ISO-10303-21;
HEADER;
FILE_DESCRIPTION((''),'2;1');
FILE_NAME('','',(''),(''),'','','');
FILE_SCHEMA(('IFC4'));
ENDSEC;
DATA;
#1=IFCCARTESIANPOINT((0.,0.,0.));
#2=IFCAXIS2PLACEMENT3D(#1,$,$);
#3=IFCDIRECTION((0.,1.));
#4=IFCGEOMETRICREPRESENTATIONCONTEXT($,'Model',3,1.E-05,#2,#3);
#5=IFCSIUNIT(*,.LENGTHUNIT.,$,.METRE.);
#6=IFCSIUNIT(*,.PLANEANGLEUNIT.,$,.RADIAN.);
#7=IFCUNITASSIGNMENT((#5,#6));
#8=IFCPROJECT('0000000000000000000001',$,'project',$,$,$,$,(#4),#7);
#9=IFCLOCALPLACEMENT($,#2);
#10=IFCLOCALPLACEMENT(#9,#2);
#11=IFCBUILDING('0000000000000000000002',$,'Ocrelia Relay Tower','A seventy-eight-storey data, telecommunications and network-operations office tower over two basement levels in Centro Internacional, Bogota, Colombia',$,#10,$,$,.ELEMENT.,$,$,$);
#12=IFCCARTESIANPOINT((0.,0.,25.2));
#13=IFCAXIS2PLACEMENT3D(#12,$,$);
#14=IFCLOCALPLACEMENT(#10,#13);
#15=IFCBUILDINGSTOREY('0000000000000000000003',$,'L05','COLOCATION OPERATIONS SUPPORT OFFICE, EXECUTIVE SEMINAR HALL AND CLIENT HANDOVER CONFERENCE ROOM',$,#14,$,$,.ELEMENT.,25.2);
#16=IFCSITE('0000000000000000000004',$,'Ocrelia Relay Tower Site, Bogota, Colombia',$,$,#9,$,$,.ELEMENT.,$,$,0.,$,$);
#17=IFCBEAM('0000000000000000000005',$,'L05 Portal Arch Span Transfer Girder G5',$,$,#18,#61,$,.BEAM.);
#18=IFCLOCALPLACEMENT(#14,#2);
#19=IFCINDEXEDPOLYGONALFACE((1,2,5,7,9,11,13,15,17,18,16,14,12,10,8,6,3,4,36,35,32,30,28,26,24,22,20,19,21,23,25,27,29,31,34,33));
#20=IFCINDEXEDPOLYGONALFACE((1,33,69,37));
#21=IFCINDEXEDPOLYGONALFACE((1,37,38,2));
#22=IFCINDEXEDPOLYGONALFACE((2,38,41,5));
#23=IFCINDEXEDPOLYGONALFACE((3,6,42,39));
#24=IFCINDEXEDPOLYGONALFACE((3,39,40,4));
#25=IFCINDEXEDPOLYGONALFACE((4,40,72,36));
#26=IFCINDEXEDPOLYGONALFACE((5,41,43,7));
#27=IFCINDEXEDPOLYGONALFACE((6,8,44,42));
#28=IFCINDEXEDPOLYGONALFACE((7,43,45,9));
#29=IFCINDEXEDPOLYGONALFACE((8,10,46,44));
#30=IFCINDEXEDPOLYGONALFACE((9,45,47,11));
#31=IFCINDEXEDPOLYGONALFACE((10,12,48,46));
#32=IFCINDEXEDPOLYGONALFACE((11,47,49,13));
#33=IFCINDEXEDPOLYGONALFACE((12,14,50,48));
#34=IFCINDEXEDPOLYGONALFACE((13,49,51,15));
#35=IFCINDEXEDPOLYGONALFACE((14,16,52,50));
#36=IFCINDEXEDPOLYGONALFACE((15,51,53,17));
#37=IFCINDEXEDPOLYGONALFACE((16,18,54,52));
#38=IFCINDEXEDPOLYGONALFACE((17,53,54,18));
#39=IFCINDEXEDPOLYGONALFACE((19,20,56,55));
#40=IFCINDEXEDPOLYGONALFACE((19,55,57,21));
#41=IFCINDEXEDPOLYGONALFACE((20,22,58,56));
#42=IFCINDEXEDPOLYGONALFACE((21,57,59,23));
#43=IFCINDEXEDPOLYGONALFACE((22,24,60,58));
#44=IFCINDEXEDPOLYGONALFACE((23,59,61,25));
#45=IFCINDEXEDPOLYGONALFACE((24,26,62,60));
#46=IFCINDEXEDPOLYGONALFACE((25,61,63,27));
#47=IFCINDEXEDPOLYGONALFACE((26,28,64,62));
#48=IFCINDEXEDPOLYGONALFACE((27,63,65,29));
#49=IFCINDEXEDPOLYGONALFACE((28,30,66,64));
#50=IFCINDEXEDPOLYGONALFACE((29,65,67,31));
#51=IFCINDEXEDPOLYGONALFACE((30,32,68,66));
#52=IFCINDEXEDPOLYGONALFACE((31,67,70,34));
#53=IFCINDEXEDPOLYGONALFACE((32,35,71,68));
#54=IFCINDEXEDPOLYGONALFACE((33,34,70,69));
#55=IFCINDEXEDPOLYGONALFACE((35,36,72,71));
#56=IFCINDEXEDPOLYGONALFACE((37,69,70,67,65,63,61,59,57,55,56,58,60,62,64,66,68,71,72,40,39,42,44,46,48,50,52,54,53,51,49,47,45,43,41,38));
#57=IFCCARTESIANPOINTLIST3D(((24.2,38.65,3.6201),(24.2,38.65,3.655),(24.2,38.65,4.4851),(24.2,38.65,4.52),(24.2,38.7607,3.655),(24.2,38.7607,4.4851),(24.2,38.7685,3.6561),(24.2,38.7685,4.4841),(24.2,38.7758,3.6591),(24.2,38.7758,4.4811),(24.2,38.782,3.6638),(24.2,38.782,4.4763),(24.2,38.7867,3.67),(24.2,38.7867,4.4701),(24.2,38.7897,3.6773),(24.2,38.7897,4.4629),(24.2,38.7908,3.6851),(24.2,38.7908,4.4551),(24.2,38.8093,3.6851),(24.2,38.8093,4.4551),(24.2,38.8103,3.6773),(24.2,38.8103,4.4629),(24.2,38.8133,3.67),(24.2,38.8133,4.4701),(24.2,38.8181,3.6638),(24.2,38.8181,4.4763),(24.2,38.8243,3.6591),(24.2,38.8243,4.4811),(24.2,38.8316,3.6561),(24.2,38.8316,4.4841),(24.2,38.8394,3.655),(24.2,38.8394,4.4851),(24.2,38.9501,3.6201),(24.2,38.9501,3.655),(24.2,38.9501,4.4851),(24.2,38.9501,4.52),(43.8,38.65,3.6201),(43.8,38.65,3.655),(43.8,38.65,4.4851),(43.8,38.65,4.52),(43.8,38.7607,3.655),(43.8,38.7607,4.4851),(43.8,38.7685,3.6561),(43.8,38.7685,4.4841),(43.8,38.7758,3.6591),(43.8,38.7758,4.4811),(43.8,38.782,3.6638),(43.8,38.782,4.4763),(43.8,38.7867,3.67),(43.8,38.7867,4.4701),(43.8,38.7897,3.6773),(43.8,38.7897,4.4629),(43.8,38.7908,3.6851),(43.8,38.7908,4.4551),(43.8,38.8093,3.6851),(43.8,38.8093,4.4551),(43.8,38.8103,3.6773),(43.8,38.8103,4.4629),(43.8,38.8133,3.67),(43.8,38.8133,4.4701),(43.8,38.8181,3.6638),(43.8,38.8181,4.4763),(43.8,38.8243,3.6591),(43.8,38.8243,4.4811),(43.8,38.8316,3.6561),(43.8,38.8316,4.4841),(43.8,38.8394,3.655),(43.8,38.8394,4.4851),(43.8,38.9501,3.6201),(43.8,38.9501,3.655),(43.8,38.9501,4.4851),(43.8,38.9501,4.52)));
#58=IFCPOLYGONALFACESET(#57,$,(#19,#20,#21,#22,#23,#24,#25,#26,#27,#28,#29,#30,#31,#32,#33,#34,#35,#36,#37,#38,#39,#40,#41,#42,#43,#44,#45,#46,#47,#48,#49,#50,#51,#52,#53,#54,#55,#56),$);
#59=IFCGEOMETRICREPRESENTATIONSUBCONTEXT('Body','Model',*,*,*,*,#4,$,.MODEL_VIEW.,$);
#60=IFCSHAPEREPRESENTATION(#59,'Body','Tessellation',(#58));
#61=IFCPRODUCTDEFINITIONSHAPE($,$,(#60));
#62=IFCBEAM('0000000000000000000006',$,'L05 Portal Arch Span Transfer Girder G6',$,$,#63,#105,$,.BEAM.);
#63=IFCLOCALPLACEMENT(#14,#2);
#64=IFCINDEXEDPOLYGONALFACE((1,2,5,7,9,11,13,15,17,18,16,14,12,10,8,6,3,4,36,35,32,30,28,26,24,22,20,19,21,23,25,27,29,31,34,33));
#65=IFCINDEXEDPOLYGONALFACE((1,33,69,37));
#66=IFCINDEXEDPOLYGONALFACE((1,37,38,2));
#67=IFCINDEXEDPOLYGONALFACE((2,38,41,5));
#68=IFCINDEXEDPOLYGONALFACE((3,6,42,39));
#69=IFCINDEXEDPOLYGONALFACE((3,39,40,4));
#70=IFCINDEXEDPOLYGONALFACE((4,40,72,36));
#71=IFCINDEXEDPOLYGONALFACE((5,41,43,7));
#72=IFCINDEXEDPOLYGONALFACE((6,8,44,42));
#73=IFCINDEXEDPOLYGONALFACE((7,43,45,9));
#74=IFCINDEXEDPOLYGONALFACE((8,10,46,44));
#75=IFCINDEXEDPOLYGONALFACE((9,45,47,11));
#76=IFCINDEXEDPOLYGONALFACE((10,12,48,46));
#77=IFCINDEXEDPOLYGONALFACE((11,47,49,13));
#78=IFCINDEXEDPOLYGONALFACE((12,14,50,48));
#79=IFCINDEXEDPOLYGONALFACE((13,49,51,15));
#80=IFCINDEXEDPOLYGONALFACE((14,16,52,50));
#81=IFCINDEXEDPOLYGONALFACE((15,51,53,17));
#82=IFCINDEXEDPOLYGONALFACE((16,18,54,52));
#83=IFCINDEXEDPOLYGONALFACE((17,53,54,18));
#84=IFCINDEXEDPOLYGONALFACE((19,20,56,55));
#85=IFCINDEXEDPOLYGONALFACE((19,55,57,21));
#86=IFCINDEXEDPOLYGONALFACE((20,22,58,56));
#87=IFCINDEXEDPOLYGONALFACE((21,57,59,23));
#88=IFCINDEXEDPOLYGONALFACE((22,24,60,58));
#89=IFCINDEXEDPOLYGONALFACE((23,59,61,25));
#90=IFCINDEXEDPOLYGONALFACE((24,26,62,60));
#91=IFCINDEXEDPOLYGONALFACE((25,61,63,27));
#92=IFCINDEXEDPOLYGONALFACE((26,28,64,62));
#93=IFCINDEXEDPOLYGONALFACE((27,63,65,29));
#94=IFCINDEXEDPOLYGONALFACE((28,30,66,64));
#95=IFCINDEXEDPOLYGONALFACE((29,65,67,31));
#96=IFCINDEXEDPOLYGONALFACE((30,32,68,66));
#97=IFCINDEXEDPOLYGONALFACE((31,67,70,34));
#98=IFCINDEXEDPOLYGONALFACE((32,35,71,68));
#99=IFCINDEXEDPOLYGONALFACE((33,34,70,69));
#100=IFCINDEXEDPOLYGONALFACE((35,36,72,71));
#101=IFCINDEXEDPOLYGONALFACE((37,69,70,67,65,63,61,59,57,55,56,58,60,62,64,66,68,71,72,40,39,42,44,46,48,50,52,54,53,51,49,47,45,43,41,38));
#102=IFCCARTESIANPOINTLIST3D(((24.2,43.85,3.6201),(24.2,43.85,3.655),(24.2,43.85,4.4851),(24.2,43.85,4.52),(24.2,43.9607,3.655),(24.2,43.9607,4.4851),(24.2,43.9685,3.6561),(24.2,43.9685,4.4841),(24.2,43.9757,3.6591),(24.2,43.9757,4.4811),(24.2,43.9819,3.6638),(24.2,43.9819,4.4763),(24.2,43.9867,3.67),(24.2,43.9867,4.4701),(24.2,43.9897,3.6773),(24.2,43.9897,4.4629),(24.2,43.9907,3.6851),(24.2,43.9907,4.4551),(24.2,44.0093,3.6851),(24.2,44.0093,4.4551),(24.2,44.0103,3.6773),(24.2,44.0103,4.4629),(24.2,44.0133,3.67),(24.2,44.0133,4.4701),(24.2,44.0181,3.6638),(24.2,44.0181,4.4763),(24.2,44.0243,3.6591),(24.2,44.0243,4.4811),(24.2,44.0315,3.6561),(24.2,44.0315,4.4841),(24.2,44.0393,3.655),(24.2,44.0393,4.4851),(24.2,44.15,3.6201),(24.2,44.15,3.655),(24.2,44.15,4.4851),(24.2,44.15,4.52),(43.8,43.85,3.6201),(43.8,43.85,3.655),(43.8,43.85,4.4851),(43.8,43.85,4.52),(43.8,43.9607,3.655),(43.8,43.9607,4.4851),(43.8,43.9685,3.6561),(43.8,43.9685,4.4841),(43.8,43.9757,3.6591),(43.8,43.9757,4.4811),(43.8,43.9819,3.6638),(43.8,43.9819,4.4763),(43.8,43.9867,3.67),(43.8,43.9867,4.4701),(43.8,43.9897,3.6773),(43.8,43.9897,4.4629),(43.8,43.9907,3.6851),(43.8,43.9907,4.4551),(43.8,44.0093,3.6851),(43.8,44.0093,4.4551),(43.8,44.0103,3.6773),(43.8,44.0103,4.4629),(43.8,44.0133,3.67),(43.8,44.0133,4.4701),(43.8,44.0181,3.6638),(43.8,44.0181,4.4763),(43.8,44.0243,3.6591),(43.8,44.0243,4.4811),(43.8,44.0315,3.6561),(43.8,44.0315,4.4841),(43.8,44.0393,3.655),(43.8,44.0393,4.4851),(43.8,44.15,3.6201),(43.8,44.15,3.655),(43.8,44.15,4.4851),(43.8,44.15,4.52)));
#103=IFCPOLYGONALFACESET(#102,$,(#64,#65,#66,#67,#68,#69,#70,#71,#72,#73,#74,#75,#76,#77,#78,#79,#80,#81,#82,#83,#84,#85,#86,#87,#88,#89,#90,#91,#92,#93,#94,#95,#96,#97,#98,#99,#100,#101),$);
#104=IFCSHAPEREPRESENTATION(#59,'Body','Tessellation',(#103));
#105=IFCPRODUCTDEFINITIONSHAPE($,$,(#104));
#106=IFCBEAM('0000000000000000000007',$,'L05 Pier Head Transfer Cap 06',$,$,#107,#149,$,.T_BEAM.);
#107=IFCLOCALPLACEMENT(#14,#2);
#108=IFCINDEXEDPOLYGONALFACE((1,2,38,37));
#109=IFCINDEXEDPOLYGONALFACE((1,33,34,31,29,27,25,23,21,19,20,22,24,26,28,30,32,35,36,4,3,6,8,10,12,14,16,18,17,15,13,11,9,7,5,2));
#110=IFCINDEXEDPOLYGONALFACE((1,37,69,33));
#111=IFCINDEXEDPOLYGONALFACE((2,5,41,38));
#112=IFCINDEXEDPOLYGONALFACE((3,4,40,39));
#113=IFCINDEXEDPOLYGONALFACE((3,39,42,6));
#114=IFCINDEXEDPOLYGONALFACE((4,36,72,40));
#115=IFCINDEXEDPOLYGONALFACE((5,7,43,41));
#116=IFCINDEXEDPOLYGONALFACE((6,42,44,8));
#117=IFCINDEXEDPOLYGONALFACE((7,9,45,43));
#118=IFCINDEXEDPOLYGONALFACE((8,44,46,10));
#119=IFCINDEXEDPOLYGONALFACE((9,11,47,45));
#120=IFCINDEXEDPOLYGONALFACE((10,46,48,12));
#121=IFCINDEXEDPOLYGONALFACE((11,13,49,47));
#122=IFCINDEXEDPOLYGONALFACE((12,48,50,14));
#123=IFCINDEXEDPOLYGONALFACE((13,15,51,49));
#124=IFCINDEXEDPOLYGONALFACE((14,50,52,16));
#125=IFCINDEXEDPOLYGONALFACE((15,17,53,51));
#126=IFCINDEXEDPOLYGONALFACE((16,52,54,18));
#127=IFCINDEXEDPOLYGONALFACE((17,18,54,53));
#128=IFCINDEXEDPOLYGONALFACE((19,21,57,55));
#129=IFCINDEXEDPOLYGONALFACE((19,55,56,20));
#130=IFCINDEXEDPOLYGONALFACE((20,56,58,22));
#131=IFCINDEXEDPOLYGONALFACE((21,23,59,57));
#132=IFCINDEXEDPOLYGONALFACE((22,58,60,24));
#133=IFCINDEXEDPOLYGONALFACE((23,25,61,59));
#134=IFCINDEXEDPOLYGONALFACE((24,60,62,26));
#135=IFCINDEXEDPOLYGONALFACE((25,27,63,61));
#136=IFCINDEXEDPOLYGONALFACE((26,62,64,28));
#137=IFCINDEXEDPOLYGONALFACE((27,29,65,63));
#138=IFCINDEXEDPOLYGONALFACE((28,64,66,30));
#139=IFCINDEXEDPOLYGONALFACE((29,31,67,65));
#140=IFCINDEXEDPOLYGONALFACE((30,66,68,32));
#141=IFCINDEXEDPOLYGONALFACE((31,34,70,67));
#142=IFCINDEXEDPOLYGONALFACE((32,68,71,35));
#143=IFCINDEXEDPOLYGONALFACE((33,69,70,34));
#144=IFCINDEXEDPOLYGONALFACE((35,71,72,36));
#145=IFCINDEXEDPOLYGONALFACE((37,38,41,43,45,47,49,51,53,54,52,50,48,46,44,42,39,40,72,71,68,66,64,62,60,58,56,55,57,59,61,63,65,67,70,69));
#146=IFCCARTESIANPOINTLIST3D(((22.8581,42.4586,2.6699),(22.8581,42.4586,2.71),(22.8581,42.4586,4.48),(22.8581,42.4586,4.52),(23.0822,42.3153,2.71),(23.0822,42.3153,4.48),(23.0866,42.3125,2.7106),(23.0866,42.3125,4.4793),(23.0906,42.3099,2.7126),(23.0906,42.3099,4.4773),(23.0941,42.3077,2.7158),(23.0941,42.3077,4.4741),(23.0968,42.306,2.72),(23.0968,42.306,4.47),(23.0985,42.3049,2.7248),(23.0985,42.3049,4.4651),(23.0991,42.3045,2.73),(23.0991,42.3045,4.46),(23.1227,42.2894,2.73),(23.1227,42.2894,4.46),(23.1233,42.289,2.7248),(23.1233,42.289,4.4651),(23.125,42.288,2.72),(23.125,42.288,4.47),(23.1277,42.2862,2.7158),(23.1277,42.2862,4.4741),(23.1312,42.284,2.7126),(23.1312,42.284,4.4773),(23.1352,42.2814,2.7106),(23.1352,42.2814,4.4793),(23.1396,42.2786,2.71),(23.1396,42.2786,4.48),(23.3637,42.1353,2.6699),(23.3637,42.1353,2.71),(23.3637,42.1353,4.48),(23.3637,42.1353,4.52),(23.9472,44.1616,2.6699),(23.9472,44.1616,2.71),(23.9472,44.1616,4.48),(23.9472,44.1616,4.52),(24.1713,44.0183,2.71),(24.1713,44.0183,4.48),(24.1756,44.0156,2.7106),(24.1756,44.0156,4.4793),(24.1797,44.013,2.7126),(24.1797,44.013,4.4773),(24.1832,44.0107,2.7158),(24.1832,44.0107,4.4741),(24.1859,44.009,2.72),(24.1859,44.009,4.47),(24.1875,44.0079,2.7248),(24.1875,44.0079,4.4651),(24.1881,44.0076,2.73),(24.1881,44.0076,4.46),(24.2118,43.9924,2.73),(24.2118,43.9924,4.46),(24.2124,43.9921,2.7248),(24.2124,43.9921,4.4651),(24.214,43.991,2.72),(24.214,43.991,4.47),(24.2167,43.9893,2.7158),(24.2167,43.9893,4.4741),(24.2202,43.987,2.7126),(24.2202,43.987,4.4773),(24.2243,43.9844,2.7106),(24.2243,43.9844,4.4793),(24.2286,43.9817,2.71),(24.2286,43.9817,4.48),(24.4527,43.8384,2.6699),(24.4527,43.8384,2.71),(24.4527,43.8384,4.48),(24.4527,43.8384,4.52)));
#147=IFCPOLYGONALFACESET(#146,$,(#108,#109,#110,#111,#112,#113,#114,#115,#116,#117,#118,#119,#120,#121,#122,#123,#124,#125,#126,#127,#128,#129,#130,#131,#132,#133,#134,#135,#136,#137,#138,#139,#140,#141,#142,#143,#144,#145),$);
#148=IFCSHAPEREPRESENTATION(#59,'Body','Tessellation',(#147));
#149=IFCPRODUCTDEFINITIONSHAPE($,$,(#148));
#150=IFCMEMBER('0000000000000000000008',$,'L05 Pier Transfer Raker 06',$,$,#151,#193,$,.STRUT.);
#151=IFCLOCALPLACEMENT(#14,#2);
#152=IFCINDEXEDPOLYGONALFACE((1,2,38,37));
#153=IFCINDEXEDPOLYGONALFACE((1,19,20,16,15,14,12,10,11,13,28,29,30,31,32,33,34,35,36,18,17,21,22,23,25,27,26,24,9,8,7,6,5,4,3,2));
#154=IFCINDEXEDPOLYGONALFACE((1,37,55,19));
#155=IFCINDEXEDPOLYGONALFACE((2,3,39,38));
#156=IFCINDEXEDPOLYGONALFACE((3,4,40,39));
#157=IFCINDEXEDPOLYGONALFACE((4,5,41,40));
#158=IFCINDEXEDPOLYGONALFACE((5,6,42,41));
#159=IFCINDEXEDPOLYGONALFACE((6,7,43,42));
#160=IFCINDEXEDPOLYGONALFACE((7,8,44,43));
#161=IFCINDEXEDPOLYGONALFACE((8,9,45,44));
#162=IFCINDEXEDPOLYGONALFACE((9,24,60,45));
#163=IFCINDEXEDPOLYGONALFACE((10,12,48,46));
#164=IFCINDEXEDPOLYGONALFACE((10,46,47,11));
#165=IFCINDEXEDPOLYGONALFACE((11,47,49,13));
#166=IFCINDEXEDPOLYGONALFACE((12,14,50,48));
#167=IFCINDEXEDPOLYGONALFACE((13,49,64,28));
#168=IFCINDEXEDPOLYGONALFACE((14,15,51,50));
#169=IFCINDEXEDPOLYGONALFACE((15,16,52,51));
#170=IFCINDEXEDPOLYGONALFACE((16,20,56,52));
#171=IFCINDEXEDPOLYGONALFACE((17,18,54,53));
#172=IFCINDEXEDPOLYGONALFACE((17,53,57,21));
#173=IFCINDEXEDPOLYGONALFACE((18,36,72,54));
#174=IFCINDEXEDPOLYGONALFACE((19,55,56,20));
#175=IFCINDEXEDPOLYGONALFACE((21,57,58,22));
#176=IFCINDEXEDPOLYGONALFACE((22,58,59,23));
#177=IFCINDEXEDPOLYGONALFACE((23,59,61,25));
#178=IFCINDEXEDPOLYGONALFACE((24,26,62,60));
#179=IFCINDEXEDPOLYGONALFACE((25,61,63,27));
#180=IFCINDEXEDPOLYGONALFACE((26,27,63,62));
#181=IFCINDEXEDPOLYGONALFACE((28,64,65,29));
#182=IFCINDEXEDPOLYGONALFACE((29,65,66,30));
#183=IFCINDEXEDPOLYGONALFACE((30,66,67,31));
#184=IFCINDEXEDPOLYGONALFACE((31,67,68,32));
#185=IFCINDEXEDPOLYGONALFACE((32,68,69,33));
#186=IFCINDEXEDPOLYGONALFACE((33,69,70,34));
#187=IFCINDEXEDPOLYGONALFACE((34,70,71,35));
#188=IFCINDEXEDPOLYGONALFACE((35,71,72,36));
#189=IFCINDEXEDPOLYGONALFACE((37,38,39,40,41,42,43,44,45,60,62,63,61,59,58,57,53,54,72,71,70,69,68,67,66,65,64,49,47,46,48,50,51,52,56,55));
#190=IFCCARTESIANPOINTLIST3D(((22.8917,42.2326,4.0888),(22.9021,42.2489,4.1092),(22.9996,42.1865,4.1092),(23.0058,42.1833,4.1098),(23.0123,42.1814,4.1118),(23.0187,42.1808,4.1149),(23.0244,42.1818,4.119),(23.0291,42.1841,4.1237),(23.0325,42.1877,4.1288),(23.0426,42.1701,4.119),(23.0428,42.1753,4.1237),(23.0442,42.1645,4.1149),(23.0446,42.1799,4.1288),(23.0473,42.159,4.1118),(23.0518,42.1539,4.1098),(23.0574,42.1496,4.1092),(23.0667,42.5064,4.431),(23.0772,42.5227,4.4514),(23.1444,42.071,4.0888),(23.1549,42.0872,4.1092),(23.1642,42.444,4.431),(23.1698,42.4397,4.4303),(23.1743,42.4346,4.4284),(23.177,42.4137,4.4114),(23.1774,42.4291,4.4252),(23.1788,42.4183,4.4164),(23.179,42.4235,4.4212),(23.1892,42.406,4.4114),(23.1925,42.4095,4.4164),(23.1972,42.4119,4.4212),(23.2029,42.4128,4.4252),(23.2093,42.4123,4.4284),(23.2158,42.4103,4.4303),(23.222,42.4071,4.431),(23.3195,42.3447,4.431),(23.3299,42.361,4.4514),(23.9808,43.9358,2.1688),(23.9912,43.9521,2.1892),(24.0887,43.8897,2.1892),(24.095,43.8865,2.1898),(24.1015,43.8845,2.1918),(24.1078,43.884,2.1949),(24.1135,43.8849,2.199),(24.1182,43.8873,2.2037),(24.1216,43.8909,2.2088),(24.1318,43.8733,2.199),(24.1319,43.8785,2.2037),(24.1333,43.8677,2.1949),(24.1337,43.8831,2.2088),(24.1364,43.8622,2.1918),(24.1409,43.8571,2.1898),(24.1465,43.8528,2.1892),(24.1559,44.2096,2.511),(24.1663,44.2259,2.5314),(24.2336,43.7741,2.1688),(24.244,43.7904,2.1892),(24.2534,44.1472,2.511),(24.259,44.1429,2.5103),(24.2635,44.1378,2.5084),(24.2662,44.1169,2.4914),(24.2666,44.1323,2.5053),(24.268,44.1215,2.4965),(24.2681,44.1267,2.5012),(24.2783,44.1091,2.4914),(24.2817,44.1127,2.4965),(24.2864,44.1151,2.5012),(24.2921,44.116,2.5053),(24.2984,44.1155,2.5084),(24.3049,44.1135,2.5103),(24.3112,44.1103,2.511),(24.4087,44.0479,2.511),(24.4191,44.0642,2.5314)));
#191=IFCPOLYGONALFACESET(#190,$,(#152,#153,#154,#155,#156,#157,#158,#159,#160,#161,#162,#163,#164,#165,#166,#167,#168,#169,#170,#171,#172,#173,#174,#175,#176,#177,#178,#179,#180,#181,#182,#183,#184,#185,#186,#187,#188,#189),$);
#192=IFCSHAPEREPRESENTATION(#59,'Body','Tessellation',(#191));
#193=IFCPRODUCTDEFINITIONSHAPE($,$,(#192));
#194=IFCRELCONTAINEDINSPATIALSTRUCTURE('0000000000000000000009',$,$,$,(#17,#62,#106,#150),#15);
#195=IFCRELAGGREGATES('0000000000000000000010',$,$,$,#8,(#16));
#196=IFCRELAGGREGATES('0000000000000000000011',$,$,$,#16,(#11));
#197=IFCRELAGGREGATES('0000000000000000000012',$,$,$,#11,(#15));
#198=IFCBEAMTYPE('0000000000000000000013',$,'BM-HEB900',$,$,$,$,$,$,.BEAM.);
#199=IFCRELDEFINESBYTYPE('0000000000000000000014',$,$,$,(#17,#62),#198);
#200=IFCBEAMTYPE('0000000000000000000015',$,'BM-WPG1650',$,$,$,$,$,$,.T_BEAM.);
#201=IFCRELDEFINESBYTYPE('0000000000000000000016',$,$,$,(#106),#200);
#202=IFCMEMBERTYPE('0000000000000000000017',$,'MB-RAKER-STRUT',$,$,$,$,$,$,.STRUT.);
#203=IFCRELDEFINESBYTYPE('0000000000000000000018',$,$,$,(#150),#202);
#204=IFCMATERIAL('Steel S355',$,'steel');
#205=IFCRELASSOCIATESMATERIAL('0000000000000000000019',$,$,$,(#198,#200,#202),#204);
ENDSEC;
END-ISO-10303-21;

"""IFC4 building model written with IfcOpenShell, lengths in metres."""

from ifc_helpers import new_model, si_unit, direction, frame, origin, origin_2d, place, context, subcontext, project, spatial, i_section, extrude, material, material_profile, profile_set, type_object, element, save


model = new_model("IFC4")

# Units and contexts
model_context = context("Model", 3, precision=1e-05, world=origin(), true_north=direction((0.0, 1.0)))
body_context = subcontext(model_context, "Body", "Model", "MODEL_VIEW")
ifc_project = project(units=[si_unit("LENGTHUNIT", "METRE"), si_unit("PLANEANGLEUNIT", "RADIAN")], contexts=[model_context])

# Site, building, storey
site_placement = place(None, origin())
site = spatial("IfcSite", under=ifc_project, at=site_placement, Name="Ocrelia Relay Tower Site, Bogota, Colombia", CompositionType="ELEMENT", RefElevation=0.0)
building_placement = place(site_placement, origin())
building = spatial("IfcBuilding", under=site, at=building_placement, Name="Ocrelia Relay Tower", Description="A seventy-eight-storey data, telecommunications and network-operations office tower over two basement levels in Centro Internacional, Bogota, Colombia", CompositionType="ELEMENT")
storey_placement = place(building_placement, frame((0.0, 0.0, 25.2)))
storey = spatial("IfcBuildingStorey", under=building, at=storey_placement, Name="L05", Description="COLOCATION OPERATIONS SUPPORT OFFICE, EXECUTIVE SEMINAR HALL AND CLIENT HANDOVER CONFERENCE ROOM", CompositionType="ELEMENT", Elevation=25.2)

# Beams
ifc_material_1 = material(Name="Steel S355", Category="steel")
ifc_material_profile_1 = material_profile(ifc_material_1, i_section(OverallWidth=0.3, OverallDepth=0.8999, WebThickness=0.0186, FlangeThickness=0.0349, FilletRadius=0.03, at=origin_2d()), Name="HEB 900")
ifc_profile_set_1 = profile_set([ifc_material_profile_1], Name="Steel S355")
beam_type_1 = type_object("IfcBeamType", Name="BM-HEB900", PredefinedType="BEAM", material=ifc_profile_set_1)
for number, where, z_axis, x_axis, name in (
    (1, (24.2, 38.8, 4.0701), (1.0, 0.0, 0.0), (0.0, 1.0, 0.0), "L05 Portal Arch Span Transfer Girder G5"),
    (2, (24.2, 44.0, 4.0701), (1.0, 0.0, 0.0), (0.0, 1.0, 0.0), "L05 Portal Arch Span Transfer Girder G6"),
):
    element("IfcBeam", number, at=place(storey_placement, frame(where, z_axis=z_axis, x_axis=x_axis)), inside=storey, type_object=beam_type_1, Name=name, PredefinedType="BEAM", context=body_context, shape_type="SweptSolid", body=[
        extrude(i_section(OverallWidth=0.3, OverallDepth=0.8999, WebThickness=0.0186, FlangeThickness=0.0349, FilletRadius=0.03, at=origin_2d()), origin(), (0.0, 0.0, 1.0), 19.6001),
    ])
ifc_material_profile_2 = material_profile(ifc_material_1, i_section(OverallWidth=0.6001, OverallDepth=1.8501, WebThickness=0.0281, FlangeThickness=0.04, FilletRadius=0.02, at=origin_2d()), Name="WPG 1850x600")
ifc_profile_set_2 = profile_set([ifc_material_profile_2], Name="Steel S355")
beam_type_2 = type_object("IfcBeamType", Name="BM-WPG1650", PredefinedType="T_BEAM", material=ifc_profile_set_2)
beam_1_placement = place(storey_placement, frame((24.2, 44.0, 3.595), z_axis=(-0.538742, -0.842471, 0.0), x_axis=(0.842471, -0.538742, 0.0)))
element("IfcBeam", 3, at=beam_1_placement, inside=storey, type_object=beam_type_2, Name="L05 Pier Head Transfer Cap 06", PredefinedType="T_BEAM", context=body_context, shape_type="SweptSolid", body=[
    extrude(i_section(OverallWidth=0.6001, OverallDepth=1.8501, WebThickness=0.0281, FlangeThickness=0.04, FilletRadius=0.02, at=origin_2d()), origin(), (0.0, 0.0, 1.0), 2.0215),
])

# Member
ifc_material_profile_3 = material_profile(ifc_material_1, i_section(OverallWidth=0.3, OverallDepth=0.5, WebThickness=0.0144, FlangeThickness=0.0281, FilletRadius=0.0271, at=origin_2d()), Name="HEB 500")
ifc_profile_set_3 = profile_set([ifc_material_profile_3], Name="Steel S355")
member_type = type_object("IfcMemberType", Name="MB-RAKER-STRUT", PredefinedType="STRUT", material=ifc_profile_set_3)
member_placement = place(storey_placement, frame((24.2, 44.0, 2.3501), z_axis=(-0.390644, -0.610879, 0.68864), x_axis=(0.842471, -0.538742, 0.0)))
element("IfcMember", 4, at=member_placement, inside=storey, type_object=member_type, Name="L05 Pier Transfer Raker 06", PredefinedType="STRUT", context=body_context, shape_type="SweptSolid", body=[
    extrude(i_section(OverallWidth=0.3, OverallDepth=0.5, WebThickness=0.0144, FlangeThickness=0.0281, FilletRadius=0.0271, at=origin_2d()), origin(), (0.0, 0.0, 1.0), 2.7881),
])

save(model, "model.ifc")
